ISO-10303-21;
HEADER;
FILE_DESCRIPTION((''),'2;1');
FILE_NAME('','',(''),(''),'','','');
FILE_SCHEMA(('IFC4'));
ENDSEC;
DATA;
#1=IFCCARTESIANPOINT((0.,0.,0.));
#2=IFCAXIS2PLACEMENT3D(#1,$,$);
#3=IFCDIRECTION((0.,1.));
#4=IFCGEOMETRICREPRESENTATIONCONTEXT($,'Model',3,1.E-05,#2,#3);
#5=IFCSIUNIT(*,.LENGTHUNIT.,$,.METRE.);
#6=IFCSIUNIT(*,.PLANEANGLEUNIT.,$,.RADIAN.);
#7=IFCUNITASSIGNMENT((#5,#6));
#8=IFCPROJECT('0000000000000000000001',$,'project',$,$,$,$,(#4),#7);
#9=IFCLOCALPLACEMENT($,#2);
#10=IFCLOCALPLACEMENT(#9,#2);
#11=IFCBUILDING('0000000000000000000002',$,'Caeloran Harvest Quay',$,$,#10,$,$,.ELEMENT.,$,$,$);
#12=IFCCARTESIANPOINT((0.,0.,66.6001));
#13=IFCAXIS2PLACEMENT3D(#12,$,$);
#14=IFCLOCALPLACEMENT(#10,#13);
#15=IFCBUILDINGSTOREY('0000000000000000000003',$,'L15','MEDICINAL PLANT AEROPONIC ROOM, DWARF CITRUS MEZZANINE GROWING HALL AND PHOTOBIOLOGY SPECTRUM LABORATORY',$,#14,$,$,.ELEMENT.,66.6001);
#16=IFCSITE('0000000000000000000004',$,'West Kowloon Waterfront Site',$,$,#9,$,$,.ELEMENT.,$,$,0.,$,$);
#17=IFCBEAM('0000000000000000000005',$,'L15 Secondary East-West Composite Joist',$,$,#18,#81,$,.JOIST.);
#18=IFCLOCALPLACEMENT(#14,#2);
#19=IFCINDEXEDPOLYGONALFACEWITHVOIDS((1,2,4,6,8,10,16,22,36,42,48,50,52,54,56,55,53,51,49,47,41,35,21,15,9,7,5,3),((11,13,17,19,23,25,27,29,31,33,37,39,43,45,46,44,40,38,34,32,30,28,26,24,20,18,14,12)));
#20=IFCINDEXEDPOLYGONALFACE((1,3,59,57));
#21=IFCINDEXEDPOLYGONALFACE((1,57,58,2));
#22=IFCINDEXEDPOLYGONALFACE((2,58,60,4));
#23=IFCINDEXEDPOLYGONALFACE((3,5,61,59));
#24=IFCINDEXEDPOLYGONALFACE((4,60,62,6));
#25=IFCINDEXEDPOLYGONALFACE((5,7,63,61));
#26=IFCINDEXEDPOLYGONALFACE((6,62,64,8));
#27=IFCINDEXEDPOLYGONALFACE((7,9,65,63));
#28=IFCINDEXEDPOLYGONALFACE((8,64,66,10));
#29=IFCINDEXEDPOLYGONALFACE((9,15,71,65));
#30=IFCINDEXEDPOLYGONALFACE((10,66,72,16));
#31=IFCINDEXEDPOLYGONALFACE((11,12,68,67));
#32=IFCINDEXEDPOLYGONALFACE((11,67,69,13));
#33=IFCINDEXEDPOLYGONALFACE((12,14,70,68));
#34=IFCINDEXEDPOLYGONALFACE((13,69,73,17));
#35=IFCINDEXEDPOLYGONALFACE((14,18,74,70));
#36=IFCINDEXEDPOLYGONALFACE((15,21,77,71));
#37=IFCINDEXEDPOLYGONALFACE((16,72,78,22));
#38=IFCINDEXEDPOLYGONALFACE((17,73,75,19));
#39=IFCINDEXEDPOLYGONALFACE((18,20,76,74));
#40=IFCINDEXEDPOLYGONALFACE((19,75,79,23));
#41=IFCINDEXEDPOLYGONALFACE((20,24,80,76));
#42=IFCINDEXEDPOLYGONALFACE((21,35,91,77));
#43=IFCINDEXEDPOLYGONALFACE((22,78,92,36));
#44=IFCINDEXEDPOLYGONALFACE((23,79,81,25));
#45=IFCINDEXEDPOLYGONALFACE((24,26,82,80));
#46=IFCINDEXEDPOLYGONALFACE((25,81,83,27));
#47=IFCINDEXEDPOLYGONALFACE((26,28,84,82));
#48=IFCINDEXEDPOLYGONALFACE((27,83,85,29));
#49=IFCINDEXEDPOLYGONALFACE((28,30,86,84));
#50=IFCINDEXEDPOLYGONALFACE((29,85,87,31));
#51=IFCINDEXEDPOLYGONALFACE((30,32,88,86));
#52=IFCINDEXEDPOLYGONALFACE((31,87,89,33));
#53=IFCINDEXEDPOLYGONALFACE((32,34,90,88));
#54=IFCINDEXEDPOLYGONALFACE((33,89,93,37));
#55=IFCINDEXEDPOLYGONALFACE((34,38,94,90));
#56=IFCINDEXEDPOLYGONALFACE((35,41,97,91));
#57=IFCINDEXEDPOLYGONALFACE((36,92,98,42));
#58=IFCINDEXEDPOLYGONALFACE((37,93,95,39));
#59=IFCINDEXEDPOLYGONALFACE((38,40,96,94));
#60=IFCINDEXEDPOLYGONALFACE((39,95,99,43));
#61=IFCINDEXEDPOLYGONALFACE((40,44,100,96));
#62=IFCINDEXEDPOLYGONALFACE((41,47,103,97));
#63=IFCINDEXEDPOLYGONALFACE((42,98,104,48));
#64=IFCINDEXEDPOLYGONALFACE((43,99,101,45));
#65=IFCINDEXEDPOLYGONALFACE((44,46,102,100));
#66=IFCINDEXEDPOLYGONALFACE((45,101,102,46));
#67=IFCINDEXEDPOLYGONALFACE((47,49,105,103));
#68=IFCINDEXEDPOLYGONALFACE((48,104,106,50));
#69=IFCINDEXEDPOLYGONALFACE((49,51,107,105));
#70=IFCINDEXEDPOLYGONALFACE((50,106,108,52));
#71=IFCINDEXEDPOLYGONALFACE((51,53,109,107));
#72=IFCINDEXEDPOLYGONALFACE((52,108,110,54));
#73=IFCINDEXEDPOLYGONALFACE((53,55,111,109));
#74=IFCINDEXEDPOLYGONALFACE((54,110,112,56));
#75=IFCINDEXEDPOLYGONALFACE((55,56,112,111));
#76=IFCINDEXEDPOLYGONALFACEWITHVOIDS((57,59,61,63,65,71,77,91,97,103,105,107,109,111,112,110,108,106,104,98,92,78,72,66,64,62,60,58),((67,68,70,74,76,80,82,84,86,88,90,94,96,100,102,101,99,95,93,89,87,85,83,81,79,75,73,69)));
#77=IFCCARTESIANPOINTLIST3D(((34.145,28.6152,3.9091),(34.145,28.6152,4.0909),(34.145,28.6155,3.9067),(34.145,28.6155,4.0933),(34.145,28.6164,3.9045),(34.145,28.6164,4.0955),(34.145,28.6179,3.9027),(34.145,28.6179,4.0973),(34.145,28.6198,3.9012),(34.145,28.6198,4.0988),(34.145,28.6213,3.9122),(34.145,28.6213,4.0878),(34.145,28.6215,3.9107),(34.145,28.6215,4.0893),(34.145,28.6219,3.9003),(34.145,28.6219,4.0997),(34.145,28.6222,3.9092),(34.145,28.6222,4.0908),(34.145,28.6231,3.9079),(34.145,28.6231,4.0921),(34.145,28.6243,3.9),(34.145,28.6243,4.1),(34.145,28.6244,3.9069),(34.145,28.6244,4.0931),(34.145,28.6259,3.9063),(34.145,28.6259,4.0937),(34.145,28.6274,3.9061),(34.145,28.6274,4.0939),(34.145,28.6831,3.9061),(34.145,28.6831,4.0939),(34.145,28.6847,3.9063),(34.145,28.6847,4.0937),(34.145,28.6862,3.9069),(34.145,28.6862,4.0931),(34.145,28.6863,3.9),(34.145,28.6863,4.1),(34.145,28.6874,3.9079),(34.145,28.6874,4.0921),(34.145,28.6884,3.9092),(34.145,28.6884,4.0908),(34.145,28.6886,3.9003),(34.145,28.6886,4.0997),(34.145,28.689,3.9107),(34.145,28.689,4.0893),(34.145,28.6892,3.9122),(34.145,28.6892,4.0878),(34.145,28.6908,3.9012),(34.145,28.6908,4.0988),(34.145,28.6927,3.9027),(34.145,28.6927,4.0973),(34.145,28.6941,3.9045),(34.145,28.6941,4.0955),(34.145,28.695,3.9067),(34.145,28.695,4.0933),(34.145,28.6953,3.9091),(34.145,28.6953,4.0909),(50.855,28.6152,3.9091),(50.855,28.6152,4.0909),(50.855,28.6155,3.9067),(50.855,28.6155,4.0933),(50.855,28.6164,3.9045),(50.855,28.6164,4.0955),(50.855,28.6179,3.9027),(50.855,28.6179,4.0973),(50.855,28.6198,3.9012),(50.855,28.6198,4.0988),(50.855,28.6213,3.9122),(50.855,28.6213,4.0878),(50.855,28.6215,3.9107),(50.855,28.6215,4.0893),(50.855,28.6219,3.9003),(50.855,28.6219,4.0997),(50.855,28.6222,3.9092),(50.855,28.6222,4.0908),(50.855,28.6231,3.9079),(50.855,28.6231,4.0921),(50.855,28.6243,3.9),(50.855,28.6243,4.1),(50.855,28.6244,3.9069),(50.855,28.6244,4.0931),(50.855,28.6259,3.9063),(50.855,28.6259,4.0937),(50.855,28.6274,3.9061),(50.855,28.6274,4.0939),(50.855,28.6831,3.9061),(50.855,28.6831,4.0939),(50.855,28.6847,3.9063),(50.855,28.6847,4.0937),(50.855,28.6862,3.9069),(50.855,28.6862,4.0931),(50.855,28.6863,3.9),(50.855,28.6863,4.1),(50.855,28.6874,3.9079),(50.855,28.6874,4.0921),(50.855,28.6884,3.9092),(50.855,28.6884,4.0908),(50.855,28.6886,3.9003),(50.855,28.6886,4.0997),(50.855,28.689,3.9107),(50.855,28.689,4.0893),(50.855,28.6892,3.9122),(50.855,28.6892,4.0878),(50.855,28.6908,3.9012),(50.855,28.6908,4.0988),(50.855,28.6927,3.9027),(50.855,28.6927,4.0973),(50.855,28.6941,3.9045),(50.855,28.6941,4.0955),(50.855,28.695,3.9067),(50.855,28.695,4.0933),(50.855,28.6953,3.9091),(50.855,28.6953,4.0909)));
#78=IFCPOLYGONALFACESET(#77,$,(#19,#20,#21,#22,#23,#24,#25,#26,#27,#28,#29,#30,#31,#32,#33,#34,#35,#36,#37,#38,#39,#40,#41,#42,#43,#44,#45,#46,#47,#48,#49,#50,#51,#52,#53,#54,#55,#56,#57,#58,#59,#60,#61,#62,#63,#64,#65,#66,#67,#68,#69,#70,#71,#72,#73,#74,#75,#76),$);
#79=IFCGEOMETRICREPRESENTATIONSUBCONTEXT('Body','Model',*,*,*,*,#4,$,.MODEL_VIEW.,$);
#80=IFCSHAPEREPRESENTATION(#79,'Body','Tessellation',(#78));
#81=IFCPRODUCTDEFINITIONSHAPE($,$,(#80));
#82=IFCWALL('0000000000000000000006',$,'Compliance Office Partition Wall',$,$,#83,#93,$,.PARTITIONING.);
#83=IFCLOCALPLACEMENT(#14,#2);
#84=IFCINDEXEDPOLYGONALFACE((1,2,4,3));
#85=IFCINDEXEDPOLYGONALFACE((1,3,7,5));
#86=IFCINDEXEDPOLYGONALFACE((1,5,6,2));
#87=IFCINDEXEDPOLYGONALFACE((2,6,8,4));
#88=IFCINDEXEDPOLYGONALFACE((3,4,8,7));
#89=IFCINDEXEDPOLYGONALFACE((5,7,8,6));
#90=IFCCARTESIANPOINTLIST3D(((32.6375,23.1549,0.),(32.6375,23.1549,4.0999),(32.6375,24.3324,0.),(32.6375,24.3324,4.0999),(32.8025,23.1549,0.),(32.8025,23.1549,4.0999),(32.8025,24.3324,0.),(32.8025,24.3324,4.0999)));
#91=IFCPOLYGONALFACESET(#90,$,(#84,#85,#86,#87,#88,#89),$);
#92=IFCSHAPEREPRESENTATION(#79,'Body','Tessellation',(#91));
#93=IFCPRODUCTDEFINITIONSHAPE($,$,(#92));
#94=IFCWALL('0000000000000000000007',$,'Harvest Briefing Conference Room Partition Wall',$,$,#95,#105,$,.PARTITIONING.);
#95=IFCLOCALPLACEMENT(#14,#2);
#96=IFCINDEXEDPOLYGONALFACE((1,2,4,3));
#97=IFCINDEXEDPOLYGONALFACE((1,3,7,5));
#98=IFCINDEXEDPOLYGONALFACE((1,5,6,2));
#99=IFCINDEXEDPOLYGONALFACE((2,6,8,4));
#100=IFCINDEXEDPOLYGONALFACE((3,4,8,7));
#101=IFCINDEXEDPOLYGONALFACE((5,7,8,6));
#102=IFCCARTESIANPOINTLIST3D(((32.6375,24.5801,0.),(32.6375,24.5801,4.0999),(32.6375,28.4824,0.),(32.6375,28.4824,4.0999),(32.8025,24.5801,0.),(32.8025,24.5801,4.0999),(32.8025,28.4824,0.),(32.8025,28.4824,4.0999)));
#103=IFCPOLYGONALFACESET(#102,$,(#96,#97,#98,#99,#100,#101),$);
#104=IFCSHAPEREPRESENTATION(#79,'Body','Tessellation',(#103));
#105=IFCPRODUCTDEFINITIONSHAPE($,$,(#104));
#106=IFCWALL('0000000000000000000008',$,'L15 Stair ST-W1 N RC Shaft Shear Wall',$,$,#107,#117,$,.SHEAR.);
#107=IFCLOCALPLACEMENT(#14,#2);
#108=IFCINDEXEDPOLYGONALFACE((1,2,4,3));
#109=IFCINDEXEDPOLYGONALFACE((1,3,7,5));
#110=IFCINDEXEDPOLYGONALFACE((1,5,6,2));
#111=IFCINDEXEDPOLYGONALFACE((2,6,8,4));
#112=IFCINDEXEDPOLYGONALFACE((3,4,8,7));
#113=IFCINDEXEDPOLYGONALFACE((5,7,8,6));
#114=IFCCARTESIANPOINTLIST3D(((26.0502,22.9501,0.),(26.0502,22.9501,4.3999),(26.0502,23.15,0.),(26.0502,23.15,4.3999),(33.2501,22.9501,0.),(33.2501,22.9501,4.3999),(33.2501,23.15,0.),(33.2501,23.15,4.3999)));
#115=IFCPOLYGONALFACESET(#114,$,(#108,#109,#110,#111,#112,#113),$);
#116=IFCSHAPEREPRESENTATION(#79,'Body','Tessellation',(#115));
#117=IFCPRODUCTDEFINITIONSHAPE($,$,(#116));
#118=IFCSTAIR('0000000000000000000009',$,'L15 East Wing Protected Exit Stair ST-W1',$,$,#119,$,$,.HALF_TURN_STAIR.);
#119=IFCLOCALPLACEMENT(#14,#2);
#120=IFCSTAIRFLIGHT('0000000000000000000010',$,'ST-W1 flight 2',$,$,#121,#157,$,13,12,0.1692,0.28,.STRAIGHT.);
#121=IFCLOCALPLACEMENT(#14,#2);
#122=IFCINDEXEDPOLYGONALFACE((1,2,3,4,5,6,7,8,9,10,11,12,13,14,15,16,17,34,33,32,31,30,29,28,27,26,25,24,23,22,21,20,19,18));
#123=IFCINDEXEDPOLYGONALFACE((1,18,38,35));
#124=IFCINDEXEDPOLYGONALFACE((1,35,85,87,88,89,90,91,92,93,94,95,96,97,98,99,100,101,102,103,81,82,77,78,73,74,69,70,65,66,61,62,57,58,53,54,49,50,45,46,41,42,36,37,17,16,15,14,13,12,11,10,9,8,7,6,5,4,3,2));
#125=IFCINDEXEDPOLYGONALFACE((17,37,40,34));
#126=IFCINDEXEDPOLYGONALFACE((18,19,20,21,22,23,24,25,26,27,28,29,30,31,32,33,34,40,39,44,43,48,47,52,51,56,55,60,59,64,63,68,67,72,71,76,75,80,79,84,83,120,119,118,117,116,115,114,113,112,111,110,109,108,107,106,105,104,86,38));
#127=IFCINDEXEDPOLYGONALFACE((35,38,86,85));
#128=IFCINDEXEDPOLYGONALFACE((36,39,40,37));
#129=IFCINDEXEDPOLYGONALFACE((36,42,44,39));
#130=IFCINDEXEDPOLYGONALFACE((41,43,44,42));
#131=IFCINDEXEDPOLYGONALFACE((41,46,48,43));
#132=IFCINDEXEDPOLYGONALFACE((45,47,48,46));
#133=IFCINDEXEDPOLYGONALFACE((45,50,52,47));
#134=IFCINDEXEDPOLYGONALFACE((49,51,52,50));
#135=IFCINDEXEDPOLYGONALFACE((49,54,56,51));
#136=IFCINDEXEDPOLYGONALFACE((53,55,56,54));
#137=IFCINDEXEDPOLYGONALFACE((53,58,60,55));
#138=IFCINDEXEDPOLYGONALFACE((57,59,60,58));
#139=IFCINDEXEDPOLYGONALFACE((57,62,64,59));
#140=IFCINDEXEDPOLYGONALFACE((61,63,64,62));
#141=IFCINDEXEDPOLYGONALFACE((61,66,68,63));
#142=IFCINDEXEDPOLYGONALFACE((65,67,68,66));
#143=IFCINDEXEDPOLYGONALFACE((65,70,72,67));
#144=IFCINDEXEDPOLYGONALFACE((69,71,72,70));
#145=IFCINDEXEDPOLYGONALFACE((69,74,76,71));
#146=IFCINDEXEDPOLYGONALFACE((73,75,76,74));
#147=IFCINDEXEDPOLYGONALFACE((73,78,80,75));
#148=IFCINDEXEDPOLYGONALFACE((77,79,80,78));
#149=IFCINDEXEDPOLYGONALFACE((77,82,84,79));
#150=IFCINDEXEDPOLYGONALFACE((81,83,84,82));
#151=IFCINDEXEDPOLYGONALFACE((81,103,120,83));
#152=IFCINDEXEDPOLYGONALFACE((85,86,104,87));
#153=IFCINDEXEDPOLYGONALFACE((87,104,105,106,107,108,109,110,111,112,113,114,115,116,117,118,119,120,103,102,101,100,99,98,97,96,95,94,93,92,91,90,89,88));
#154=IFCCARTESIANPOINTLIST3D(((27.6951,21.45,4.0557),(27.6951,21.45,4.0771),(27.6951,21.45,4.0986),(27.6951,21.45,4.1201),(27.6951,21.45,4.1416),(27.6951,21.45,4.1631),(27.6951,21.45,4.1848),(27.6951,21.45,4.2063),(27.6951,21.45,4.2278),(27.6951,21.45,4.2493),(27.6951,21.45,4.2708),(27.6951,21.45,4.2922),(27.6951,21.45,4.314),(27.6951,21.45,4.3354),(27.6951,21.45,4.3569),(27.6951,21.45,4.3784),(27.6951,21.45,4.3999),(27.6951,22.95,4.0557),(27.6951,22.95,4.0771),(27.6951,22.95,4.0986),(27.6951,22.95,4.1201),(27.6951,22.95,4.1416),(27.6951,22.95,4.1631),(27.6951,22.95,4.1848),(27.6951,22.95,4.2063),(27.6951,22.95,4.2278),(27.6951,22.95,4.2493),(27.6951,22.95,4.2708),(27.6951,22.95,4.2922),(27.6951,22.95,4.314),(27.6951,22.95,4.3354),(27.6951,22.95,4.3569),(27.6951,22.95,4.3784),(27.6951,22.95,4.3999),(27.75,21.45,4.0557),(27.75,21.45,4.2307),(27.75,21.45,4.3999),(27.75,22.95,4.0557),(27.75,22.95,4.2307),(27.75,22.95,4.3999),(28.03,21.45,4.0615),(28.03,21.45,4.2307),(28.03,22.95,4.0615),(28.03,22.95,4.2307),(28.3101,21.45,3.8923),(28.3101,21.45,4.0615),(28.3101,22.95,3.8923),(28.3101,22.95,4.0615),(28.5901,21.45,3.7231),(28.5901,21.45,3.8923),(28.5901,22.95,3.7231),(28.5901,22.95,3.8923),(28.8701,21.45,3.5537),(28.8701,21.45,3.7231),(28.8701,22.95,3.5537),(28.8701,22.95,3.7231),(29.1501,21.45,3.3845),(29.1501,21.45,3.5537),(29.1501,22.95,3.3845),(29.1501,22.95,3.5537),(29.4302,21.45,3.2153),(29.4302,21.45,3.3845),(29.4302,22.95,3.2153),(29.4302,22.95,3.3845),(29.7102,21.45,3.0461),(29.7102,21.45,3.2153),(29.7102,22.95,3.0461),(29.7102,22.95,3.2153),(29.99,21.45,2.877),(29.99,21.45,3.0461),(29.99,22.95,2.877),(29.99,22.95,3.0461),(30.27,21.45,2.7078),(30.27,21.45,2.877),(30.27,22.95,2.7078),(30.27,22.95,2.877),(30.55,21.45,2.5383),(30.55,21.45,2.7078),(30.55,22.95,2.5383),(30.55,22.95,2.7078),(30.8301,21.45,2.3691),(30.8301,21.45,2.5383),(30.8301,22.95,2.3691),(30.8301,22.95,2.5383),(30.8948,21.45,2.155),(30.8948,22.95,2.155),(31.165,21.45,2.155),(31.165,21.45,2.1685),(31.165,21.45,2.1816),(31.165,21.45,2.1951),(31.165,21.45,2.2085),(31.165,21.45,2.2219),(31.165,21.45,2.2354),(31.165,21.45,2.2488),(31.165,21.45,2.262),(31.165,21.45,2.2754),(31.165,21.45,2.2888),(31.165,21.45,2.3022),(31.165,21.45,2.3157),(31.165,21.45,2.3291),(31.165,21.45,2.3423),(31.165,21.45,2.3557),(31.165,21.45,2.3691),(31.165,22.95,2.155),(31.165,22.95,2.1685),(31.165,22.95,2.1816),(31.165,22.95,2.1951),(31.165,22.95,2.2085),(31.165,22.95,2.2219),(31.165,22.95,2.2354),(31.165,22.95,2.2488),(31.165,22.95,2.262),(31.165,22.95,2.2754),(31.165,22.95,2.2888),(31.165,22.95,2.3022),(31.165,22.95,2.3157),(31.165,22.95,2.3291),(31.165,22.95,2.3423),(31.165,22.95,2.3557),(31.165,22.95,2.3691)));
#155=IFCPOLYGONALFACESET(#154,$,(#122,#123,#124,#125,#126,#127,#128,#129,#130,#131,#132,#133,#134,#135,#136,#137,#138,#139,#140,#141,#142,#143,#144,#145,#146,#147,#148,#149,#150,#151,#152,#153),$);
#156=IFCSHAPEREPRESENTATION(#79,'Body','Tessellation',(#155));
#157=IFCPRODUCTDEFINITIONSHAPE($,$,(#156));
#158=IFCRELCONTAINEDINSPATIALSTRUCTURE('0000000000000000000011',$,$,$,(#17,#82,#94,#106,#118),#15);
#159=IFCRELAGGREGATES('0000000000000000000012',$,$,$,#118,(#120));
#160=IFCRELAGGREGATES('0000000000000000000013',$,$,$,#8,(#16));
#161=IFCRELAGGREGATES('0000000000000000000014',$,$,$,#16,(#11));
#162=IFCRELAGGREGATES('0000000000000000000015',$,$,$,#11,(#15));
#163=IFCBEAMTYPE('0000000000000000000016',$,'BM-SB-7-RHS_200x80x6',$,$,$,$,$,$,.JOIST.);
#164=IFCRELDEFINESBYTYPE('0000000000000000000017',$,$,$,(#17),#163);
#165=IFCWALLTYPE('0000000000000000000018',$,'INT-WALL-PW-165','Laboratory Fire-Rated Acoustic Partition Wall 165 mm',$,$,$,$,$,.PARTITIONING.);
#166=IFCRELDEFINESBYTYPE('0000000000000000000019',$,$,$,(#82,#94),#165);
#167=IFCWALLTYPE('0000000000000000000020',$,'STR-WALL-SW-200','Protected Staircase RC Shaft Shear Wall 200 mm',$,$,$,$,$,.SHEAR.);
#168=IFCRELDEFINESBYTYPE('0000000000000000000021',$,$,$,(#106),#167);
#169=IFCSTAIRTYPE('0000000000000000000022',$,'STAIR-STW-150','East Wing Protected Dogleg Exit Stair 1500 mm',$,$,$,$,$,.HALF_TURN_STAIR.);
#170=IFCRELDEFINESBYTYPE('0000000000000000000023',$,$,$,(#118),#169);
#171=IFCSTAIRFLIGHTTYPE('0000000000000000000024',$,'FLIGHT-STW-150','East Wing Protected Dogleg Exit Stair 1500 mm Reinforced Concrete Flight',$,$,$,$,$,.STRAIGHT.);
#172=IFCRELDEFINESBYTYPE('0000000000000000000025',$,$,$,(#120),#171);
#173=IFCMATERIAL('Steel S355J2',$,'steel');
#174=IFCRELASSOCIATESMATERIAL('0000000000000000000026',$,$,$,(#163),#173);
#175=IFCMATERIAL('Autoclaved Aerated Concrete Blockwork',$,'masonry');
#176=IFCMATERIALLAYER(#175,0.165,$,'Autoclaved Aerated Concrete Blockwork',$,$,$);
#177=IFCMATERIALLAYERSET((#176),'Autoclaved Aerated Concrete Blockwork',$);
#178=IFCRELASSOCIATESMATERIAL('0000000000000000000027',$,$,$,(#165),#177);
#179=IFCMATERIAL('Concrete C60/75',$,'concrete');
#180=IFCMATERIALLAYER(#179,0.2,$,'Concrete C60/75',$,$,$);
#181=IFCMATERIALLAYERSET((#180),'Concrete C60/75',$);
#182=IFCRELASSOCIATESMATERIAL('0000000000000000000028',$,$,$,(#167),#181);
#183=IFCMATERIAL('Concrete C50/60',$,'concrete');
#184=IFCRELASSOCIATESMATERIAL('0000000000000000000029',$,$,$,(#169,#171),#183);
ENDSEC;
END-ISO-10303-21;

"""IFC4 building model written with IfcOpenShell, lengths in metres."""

from ifc_helpers import new_model, si_unit, direction, frame, frame_2d, origin, origin_2d, place, context, subcontext, project, spatial, polyline, rectangle, hollow_rectangle, outline, extrude, material, layer, layer_set, material_profile, profile_set, type_object, element, aggregate, save


model = new_model("IFC4")

# Units and contexts
model_context = context("Model", 3, precision=1e-05, world=origin(), true_north=direction((0.0, 1.0)))
body_context = subcontext(model_context, "Body", "Model", "MODEL_VIEW")
ifc_project = project(units=[si_unit("LENGTHUNIT", "METRE"), si_unit("PLANEANGLEUNIT", "RADIAN")], contexts=[model_context])

# Site, building, storey
site_placement = place(None, origin())
site = spatial("IfcSite", under=ifc_project, at=site_placement, Name="West Kowloon Waterfront Site", CompositionType="ELEMENT", RefElevation=0.0)
building_placement = place(site_placement, origin())
building = spatial("IfcBuilding", under=site, at=building_placement, Name="Caeloran Harvest Quay", CompositionType="ELEMENT")
storey_placement = place(building_placement, frame((0.0, 0.0, 66.6001)))
storey = spatial("IfcBuildingStorey", under=building, at=storey_placement, Name="L15", Description="MEDICINAL PLANT AEROPONIC ROOM, DWARF CITRUS MEZZANINE GROWING HALL AND PHOTOBIOLOGY SPECTRUM LABORATORY", CompositionType="ELEMENT", Elevation=66.6001)

# Beam
ifc_material_1 = material(Name="Steel S355J2", Category="steel")
ifc_material_profile_1 = material_profile(ifc_material_1, hollow_rectangle(XDim=0.0801, YDim=0.2, WallThickness=0.0061, InnerFilletRadius=0.0061, OuterFilletRadius=0.009, at=origin_2d()), Name="RHS 200x80x6")
ifc_profile_set_1 = profile_set([ifc_material_profile_1], Name="Steel S355J2")
beam_type_1 = type_object("IfcBeamType", Name="BM-SB-7-RHS_200x80x6", PredefinedType="JOIST", material=ifc_profile_set_1)
beam_1_placement = place(storey_placement, frame((34.145, 28.6553, 4.0), z_axis=(1.0, 0.0, 0.0), x_axis=(0.0, 1.0, 0.0)))
element("IfcBeam", 1, at=beam_1_placement, inside=storey, type_object=beam_type_1, Name="L15 Secondary East-West Composite Joist", PredefinedType="JOIST", context=body_context, shape_type="SweptSolid", body=[
    extrude(hollow_rectangle(XDim=0.0801, YDim=0.2, WallThickness=0.0061, InnerFilletRadius=0.0061, OuterFilletRadius=0.009, at=origin_2d()), origin(), (0.0, 0.0, 1.0), 16.71),
])

# Walls
ifc_material_2 = material(Name="Autoclaved Aerated Concrete Blockwork", Category="masonry")
ifc_layer_1 = layer(ifc_material_2, 0.165, Name="Autoclaved Aerated Concrete Blockwork")
ifc_layer_set_1 = layer_set([ifc_layer_1], Name="Autoclaved Aerated Concrete Blockwork")
wall_type_1 = type_object("IfcWallType", Name="INT-WALL-PW-165", Description="Laboratory Fire-Rated Acoustic Partition Wall 165 mm", PredefinedType="PARTITIONING", material=ifc_layer_set_1)
wall_1_placement = place(storey_placement, frame((32.72, 24.3325, 0.0), z_axis=(0.0, 0.0, 1.0), x_axis=(0.0, -1.0, 0.0)))
element("IfcWall", 2, at=wall_1_placement, inside=storey, type_object=wall_type_1, Name="Compliance Office Partition Wall", PredefinedType="PARTITIONING", context=body_context, shape_type="SweptSolid", body=[
    extrude(rectangle(XDim=1.1775, YDim=0.165, at=frame_2d((0.5889, 0.0))), origin(), (0.0, 0.0, 1.0), 4.0999),
])
wall_2_placement = place(storey_placement, frame((32.72, 28.4824, 0.0), z_axis=(0.0, 0.0, 1.0), x_axis=(0.0, -1.0, 0.0)))
element("IfcWall", 3, at=wall_2_placement, inside=storey, type_object=wall_type_1, Name="Harvest Briefing Conference Room Partition Wall", PredefinedType="PARTITIONING", context=body_context, shape_type="SweptSolid", body=[
    extrude(rectangle(XDim=3.9023, YDim=0.165, at=frame_2d((1.9512, 0.0))), origin(), (0.0, 0.0, 1.0), 4.0999),
])
ifc_material_3 = material(Name="Concrete C60/75", Category="concrete")
ifc_layer_2 = layer(ifc_material_3, 0.2, Name="Concrete C60/75")
ifc_layer_set_2 = layer_set([ifc_layer_2], Name="Concrete C60/75")
wall_type_2 = type_object("IfcWallType", Name="STR-WALL-SW-200", Description="Protected Staircase RC Shaft Shear Wall 200 mm", PredefinedType="SHEAR", material=ifc_layer_set_2)
wall_3_placement = place(storey_placement, frame((26.05, 23.05, 0.0), z_axis=(0.0, 0.0, 1.0), x_axis=(1.0, 0.0, 0.0)))
element("IfcWall", 4, at=wall_3_placement, inside=storey, type_object=wall_type_2, Name="L15 Stair ST-W1 N RC Shaft Shear Wall", PredefinedType="SHEAR", context=body_context, shape_type="SweptSolid", body=[
    extrude(rectangle(XDim=7.2, YDim=0.2, at=frame_2d((3.6001, 0.0))), origin(), (0.0, 0.0, 1.0), 4.3999),
])

# Stair, stair flight
ifc_material_4 = material(Name="Concrete C50/60", Category="concrete")
stair_type = type_object("IfcStairType", Name="STAIR-STW-150", Description="East Wing Protected Dogleg Exit Stair 1500 mm", PredefinedType="HALF_TURN_STAIR", material=ifc_material_4)
stair_placement = place(storey_placement, origin())
stair = element("IfcStair", 5, at=stair_placement, inside=storey, type_object=stair_type, Name="L15 East Wing Protected Exit Stair ST-W1", PredefinedType="HALF_TURN_STAIR")
stair_flight_type = type_object("IfcStairFlightType", Name="FLIGHT-STW-150", Description="East Wing Protected Dogleg Exit Stair 1500 mm Reinforced Concrete Flight", PredefinedType="STRAIGHT", material=ifc_material_4)
stair_flight_placement = place(storey_placement, frame((31.1101, 22.2, 2.2), z_axis=(0.0, 0.0, 1.0), x_axis=(-1.0, 0.0, 0.0)))
stair_flight = element("IfcStairFlight", 6, at=stair_flight_placement, type_object=stair_flight_type, Name="ST-W1 flight 2", NumberOfRisers=13, NumberOfTreads=12, PredefinedType="STRAIGHT", RiserHeight=0.1692, TreadLength=0.28, context=body_context, shape_type="SweptSolid", body=[
    extrude(outline(polyline([(-0.0549, -0.0449), (-0.0549, -0.0315), (-0.0549, -0.0183), (-0.0549, -0.0049), (-0.0549, 0.0085), (-0.0549, 0.022), (-0.0549, 0.0354), (-0.0549, 0.0488), (-0.0549, 0.062), (-0.0549, 0.0754), (-0.0549, 0.0889), (-0.0549, 0.1023), (-0.0549, 0.1157), (-0.0549, 0.1292), (-0.0549, 0.1423), (-0.0549, 0.1558), (-0.0549, 0.1692), (0.28, 0.1692), (0.28, 0.3384), (0.5601, 0.3384), (0.5601, 0.5078), (0.8401, 0.5078), (0.8401, 0.677), (1.1201, 0.677), (1.1201, 0.8462), (1.3999, 0.8462), (1.3999, 1.0154), (1.6799, 1.0154), (1.6799, 1.1846), (1.96, 1.1846), (1.96, 1.3538), (2.24, 1.3538), (2.24, 1.5232), (2.52, 1.5232), (2.52, 1.6924), (2.8, 1.6924), (2.8, 1.8616), (3.0801, 1.8616), (3.0801, 2.0308), (3.3601, 2.0308), (3.3601, 2.2), (3.415, 2.2), (3.415, 2.1785), (3.415, 2.157), (3.415, 2.1355), (3.415, 2.114), (3.415, 2.0923), (3.415, 2.0708), (3.415, 2.0493), (3.415, 2.0278), (3.415, 2.0063), (3.415, 1.9849), (3.415, 1.9631), (3.415, 1.9417), (3.415, 1.9202), (3.415, 1.8987), (3.415, 1.8772), (3.415, 1.8557), (3.3601, 1.8557), (0.2153, -0.0449), (-0.0549, -0.0449)])), frame((0.0, 0.75, 0.0), z_axis=(0.0, -1.0, 0.0), x_axis=(1.0, 0.0, 0.0)), (0.0, 0.0, 1.0), 1.5),
])
aggregate(stair, [stair_flight])

save(model, "model.ifc")
